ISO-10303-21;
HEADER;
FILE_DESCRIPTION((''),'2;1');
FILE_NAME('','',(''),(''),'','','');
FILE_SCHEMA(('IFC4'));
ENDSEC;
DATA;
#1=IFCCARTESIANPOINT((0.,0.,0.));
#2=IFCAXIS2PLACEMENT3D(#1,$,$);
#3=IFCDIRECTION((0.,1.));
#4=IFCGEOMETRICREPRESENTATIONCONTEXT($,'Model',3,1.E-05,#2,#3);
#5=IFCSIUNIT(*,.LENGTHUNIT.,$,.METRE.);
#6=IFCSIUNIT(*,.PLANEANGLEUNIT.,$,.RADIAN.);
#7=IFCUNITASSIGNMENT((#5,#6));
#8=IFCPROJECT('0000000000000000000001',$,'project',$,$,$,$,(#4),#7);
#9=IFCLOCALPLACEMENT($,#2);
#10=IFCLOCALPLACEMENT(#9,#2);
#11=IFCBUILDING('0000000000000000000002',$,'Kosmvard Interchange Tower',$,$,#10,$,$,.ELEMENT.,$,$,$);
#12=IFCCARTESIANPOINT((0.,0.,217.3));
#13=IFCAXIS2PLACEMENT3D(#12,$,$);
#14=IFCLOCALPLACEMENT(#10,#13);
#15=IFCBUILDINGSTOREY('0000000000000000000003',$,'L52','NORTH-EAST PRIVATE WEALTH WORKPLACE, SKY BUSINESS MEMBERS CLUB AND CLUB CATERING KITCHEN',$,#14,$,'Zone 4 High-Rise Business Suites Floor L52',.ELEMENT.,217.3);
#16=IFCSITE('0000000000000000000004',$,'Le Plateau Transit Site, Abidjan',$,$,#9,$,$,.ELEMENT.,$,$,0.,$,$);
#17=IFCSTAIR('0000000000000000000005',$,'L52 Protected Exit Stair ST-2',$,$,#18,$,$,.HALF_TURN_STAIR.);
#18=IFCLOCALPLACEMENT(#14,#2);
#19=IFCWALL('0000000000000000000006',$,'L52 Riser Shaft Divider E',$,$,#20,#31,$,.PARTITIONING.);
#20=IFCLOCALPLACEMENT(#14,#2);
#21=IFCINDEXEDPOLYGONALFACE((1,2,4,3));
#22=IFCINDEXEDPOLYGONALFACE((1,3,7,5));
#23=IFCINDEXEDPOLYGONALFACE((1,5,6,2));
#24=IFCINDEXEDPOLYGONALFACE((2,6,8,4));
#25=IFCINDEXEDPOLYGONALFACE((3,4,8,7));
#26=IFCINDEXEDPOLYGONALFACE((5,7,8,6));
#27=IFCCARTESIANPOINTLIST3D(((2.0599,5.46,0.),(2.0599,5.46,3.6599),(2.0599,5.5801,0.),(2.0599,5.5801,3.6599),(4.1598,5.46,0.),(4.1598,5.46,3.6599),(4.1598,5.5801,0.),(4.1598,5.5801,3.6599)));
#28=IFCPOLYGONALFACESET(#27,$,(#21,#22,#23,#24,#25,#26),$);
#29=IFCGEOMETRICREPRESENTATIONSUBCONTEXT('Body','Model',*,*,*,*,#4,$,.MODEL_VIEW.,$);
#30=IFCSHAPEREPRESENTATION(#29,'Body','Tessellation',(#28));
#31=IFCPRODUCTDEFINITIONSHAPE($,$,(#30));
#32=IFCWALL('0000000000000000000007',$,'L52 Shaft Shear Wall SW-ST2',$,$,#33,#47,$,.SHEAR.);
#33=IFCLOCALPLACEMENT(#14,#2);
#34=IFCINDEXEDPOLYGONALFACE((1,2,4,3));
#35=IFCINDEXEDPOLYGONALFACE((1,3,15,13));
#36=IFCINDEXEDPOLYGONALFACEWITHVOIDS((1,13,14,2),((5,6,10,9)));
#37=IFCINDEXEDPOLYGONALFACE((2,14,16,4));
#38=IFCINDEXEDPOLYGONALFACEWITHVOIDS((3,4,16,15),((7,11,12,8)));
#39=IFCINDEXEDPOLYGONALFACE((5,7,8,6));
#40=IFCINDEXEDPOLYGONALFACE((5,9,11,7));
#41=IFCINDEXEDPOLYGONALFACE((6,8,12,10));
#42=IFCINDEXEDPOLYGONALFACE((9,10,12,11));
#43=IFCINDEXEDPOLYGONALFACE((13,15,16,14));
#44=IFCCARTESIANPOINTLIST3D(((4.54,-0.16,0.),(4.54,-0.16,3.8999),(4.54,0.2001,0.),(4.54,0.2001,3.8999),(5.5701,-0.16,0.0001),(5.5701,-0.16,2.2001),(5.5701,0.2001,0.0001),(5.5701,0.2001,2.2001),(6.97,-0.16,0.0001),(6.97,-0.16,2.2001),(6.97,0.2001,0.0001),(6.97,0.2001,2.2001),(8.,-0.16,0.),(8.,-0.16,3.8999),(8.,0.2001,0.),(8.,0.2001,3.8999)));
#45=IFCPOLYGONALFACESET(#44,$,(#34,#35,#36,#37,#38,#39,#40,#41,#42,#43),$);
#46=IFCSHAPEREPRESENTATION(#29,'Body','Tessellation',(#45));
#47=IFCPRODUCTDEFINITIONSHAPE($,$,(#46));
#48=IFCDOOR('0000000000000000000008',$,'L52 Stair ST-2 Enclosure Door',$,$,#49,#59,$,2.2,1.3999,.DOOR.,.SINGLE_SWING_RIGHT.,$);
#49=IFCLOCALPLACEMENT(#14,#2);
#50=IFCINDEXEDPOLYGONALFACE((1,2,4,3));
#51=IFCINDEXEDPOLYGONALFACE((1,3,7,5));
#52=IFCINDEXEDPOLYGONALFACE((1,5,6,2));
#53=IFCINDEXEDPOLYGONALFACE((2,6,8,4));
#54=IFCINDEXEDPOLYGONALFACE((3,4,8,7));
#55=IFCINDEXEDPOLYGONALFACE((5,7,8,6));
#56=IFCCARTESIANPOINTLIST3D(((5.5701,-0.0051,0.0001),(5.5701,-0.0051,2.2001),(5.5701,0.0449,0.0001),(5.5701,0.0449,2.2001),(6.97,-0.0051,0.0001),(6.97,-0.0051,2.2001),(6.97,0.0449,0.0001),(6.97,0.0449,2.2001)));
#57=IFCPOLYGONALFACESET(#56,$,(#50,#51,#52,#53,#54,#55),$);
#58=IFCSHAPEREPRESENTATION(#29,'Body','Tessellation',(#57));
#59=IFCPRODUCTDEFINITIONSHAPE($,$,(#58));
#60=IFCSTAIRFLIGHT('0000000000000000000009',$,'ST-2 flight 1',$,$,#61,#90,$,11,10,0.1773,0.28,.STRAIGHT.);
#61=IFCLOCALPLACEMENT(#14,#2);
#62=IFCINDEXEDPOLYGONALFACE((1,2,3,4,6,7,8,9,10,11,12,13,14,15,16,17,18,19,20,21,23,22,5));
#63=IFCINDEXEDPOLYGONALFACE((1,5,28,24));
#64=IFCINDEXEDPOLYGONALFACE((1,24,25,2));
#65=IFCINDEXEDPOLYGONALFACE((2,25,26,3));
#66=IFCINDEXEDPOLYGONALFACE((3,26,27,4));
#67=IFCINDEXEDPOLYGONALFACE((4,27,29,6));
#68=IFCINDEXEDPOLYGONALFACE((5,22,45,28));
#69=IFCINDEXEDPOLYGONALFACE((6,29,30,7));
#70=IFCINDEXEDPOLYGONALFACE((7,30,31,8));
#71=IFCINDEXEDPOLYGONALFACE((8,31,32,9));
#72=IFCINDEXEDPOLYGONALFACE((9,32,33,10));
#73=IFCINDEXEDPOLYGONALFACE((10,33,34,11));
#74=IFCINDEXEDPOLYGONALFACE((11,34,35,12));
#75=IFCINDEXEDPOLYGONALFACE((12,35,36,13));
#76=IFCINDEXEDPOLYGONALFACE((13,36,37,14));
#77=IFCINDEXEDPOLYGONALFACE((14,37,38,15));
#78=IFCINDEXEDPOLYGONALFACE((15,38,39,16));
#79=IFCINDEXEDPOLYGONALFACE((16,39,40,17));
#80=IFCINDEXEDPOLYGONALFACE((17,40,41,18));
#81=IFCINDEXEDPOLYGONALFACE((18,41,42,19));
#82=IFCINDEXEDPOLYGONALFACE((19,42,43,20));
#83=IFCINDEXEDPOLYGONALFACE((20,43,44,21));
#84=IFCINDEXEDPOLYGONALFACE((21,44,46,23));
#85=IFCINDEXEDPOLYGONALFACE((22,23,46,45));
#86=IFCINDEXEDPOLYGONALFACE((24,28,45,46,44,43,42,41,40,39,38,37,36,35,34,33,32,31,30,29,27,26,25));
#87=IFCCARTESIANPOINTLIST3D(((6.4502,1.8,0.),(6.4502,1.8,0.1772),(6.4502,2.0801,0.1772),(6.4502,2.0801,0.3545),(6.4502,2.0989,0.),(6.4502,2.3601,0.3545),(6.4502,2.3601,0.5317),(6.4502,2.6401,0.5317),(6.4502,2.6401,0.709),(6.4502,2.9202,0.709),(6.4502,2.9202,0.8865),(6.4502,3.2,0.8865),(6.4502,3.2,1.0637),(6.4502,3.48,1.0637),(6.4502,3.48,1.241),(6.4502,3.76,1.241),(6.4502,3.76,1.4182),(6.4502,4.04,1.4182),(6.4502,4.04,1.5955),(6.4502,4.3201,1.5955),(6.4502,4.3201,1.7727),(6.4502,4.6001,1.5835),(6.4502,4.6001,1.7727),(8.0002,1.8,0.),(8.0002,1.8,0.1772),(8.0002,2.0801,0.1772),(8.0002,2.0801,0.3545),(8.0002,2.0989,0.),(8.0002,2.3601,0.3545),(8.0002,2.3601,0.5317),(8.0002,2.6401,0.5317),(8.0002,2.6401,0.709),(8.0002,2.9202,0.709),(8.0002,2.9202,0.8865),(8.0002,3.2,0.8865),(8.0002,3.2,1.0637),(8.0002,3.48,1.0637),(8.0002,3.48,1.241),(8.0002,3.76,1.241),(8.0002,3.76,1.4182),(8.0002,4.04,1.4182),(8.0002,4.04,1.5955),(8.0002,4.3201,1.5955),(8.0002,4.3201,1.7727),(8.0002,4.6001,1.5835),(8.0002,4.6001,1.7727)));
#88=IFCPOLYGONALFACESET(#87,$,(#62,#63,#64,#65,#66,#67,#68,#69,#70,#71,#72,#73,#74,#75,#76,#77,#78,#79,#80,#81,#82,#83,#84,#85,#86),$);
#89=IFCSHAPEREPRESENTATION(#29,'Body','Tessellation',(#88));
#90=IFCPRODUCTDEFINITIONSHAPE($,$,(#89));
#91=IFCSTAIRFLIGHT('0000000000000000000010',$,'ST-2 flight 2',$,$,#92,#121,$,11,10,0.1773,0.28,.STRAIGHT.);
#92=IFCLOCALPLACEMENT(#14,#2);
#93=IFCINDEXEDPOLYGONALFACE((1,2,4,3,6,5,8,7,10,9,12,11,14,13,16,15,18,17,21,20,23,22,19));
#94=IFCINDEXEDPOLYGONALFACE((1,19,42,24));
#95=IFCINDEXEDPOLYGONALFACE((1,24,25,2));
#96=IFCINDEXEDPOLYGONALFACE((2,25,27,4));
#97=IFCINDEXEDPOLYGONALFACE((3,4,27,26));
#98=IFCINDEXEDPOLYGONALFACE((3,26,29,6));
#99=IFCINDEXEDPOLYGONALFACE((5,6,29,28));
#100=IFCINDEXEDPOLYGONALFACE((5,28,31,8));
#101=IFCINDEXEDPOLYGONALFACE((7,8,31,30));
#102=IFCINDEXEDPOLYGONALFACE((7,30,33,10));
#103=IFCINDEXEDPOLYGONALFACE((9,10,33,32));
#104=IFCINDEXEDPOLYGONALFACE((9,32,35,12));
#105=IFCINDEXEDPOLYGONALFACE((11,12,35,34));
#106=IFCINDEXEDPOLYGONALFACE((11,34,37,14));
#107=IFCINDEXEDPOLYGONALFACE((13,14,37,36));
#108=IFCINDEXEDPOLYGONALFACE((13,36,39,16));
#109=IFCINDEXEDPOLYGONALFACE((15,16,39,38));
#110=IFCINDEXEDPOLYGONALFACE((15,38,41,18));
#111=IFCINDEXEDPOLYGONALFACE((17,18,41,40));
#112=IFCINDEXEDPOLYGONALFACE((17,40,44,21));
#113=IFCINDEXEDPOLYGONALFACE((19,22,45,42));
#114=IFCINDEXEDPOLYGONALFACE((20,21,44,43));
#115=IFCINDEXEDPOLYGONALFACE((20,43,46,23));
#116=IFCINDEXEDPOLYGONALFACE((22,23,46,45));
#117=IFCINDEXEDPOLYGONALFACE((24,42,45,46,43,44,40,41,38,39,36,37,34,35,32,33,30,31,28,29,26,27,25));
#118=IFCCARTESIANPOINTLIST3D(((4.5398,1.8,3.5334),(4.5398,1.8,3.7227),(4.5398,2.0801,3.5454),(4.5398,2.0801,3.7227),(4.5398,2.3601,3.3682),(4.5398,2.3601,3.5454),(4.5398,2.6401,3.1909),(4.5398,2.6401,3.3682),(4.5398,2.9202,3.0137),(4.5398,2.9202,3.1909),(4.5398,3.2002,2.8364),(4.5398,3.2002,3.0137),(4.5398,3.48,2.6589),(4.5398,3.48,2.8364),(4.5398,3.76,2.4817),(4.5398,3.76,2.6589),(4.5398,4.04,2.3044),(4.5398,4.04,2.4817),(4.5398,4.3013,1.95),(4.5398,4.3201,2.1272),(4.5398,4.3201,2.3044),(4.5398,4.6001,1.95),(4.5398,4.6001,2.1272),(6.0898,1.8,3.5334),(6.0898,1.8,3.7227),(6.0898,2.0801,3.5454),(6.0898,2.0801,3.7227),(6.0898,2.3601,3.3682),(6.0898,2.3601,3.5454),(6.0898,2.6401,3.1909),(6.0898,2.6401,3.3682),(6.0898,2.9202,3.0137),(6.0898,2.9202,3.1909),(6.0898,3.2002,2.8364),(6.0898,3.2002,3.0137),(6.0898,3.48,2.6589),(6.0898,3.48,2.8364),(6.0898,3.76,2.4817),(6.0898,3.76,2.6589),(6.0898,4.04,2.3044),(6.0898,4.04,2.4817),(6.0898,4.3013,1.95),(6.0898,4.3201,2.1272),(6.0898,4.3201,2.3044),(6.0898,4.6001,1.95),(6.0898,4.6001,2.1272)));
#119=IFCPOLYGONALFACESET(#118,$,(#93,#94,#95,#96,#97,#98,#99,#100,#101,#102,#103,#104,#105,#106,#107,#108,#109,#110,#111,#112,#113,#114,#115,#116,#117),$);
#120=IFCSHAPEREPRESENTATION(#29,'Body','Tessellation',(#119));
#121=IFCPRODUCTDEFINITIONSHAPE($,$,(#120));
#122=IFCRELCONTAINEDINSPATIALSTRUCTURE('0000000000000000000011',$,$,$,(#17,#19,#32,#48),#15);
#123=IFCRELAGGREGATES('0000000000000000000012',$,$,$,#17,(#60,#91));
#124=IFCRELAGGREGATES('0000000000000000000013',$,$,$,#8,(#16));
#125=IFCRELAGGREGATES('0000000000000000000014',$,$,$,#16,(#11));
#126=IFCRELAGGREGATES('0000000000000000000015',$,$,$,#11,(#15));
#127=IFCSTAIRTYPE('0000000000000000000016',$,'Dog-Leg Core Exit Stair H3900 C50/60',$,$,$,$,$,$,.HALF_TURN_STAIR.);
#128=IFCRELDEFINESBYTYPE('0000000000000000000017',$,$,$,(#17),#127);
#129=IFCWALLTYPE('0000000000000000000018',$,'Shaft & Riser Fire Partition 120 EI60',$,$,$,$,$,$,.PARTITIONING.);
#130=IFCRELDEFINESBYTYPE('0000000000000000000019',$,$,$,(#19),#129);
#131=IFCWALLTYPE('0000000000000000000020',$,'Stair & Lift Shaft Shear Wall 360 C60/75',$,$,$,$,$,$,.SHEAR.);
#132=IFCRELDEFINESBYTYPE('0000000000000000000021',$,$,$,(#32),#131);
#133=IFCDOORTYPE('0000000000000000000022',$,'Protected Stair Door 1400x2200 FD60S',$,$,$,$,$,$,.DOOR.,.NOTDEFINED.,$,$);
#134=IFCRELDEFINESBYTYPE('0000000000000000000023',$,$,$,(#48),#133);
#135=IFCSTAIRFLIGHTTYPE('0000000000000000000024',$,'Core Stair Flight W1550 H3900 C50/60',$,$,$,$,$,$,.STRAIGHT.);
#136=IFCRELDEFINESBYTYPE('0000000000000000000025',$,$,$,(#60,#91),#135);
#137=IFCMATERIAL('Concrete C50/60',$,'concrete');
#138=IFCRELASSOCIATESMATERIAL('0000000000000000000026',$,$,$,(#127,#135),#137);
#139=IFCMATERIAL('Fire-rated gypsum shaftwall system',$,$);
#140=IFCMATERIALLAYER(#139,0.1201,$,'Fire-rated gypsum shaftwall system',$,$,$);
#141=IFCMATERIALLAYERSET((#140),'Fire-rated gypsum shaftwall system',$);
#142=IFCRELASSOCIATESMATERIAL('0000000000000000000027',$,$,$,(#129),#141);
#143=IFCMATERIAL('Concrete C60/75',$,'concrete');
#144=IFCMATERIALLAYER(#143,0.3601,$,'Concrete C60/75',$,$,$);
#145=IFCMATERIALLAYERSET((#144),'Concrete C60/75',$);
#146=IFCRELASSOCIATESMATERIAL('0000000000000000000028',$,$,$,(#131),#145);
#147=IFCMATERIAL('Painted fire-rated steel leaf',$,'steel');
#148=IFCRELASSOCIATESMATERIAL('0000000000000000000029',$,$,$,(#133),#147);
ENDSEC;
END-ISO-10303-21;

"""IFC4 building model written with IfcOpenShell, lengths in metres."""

from ifc_helpers import new_model, si_unit, direction, frame, frame_2d, origin, place, context, subcontext, project, spatial, polyline, rectangle, outline, extrude, source, transform, mapped, material, layer, layer_set, type_object, element, fill, aggregate, save


model = new_model("IFC4")

# Units and contexts
model_context = context("Model", 3, precision=1e-05, world=origin(), true_north=direction((0.0, 1.0)))
body_context = subcontext(model_context, "Body", "Model", "MODEL_VIEW")
ifc_project = project(units=[si_unit("LENGTHUNIT", "METRE"), si_unit("PLANEANGLEUNIT", "RADIAN")], contexts=[model_context])

# Site, building, storey
site_placement = place(None, origin())
site = spatial("IfcSite", under=ifc_project, at=site_placement, Name="Le Plateau Transit Site, Abidjan", CompositionType="ELEMENT", RefElevation=0.0)
building_placement = place(site_placement, origin())
building = spatial("IfcBuilding", under=site, at=building_placement, Name="Kosmvard Interchange Tower", CompositionType="ELEMENT")
storey_placement = place(building_placement, frame((0.0, 0.0, 217.3)))
storey = spatial("IfcBuildingStorey", under=building, at=storey_placement, Name="L52", Description="NORTH-EAST PRIVATE WEALTH WORKPLACE, SKY BUSINESS MEMBERS CLUB AND CLUB CATERING KITCHEN", LongName="Zone 4 High-Rise Business Suites Floor L52", CompositionType="ELEMENT", Elevation=217.3)

# Shared definitions
ifc_material_1 = material(Name="Concrete C60/75", Category="concrete")
ifc_material_2 = material(Name="Concrete C50/60", Category="concrete")

# Stair
stair_type = type_object("IfcStairType", Name="Dog-Leg Core Exit Stair H3900 C50/60", PredefinedType="HALF_TURN_STAIR", material=ifc_material_2)
stair_placement = place(storey_placement, origin())
stair = element("IfcStair", 1, at=stair_placement, inside=storey, type_object=stair_type, Name="L52 Protected Exit Stair ST-2", PredefinedType="HALF_TURN_STAIR")

# Wall
ifc_material_3 = material(Name="Fire-rated gypsum shaftwall system")
ifc_layer_1 = layer(ifc_material_3, 0.1201, Name="Fire-rated gypsum shaftwall system")
ifc_layer_set_1 = layer_set([ifc_layer_1], Name="Fire-rated gypsum shaftwall system")
wall_type_1 = type_object("IfcWallType", Name="Shaft & Riser Fire Partition 120 EI60", PredefinedType="PARTITIONING", material=ifc_layer_set_1)
wall_1_placement = place(storey_placement, frame((2.0601, 5.52, 0.0), z_axis=(0.0, 0.0, 1.0), x_axis=(1.0, 0.0, 0.0)))
element("IfcWall", 2, at=wall_1_placement, inside=storey, type_object=wall_type_1, Name="L52 Riser Shaft Divider E", PredefinedType="PARTITIONING", context=body_context, shape_type="SweptSolid", body=[
    extrude(rectangle(XDim=2.0999, YDim=0.1201, at=frame_2d((1.0498, 0.0))), origin(), (0.0, 0.0, 1.0), 3.6599),
])

# Wall, opening, door
ifc_layer_2 = layer(ifc_material_1, 0.3601, Name="Concrete C60/75")
ifc_layer_set_2 = layer_set([ifc_layer_2], Name="Concrete C60/75")
wall_type_2 = type_object("IfcWallType", Name="Stair & Lift Shaft Shear Wall 360 C60/75", PredefinedType="SHEAR", material=ifc_layer_set_2)
wall_2_placement = place(storey_placement, frame((4.54, 0.02, 0.0), z_axis=(0.0, 0.0, 1.0), x_axis=(1.0, 0.0, 0.0)))
wall_2 = element("IfcWall", 3, at=wall_2_placement, inside=storey, type_object=wall_type_2, Name="L52 Shaft Shear Wall SW-ST2", PredefinedType="SHEAR", context=body_context, shape_type="SweptSolid", body=[
    extrude(rectangle(XDim=3.46, YDim=0.3601, at=frame_2d((1.73, 0.0))), origin(), (0.0, 0.0, 1.0), 3.8999),
])
opening_1_placement = place(wall_2_placement, frame((1.03, 0.0, 0.0)))
opening_1 = element("IfcOpeningElement", 4, at=opening_1_placement, cuts=wall_2, PredefinedType="OPENING", context=body_context, shape_type="SweptSolid", body=[
    extrude(rectangle(XDim=1.3999, YDim=2.2, at=frame_2d((0.7, 1.1001))), frame((0.0, 0.1899, 0.0), z_axis=(0.0, -1.0, 0.0), x_axis=(1.0, 0.0, 0.0)), (0.0, 0.0, 1.0), 0.3801),
])
ifc_material_4 = material(Name="Painted fire-rated steel leaf", Category="steel")
door_type_1 = type_object("IfcDoorType", Name="Protected Stair Door 1400x2200 FD60S", OperationType="NOTDEFINED", PredefinedType="DOOR", material=ifc_material_4)
shared_shape_1 = source(origin(), body_context, "Body", "SweptSolid", [
    extrude(rectangle(XDim=1.3999, YDim=2.2, at=frame_2d((0.7, 1.1001))), frame((0.0, 0.0249, 0.0), z_axis=(0.0, -1.0, 0.0), x_axis=(1.0, 0.0, 0.0)), (0.0, 0.0, 1.0), 0.05),
])
door_1_placement = place(opening_1_placement, origin())
door_1 = element("IfcDoor", 5, at=door_1_placement, inside=storey, type_object=door_type_1, Name="L52 Stair ST-2 Enclosure Door", OperationType="SINGLE_SWING_RIGHT", OverallHeight=2.2, OverallWidth=1.3999, PredefinedType="DOOR", context=body_context, shape_type="MappedRepresentation", body=[
    mapped(shared_shape_1, transform((0.0, 0.0, 0.0), scale=1.0)),
])
fill(opening_1, door_1)

# Stair flights
stair_flight_type = type_object("IfcStairFlightType", Name="Core Stair Flight W1550 H3900 C50/60", PredefinedType="STRAIGHT", material=ifc_material_2)
shared_shape_2 = source(origin(), body_context, "Body", "SweptSolid", [
    extrude(outline(polyline([(0.0, 0.0), (0.0, 0.1772), (0.28, 0.1772), (0.28, 0.3545), (0.5601, 0.3545), (0.5601, 0.5317), (0.8401, 0.5317), (0.8401, 0.709), (1.1201, 0.709), (1.1201, 0.8865), (1.3999, 0.8865), (1.3999, 1.0637), (1.6799, 1.0637), (1.6799, 1.241), (1.96, 1.241), (1.96, 1.4182), (2.24, 1.4182), (2.24, 1.5955), (2.52, 1.5955), (2.52, 1.7727), (2.8, 1.7727), (2.8, 1.95), (2.8, 1.5835), (0.2988, 0.0), (0.0, 0.0)])), frame((0.0, 0.7749, 0.0), z_axis=(0.0, -1.0, 0.0), x_axis=(1.0, 0.0, 0.0)), (0.0, 0.0, 1.0), 1.55),
])
stair_flight_1_placement = place(storey_placement, frame((7.2251, 1.8, 0.0), z_axis=(0.0, 0.0, 1.0), x_axis=(0.0, 1.0, 0.0)))
stair_flight_1 = element("IfcStairFlight", 6, at=stair_flight_1_placement, type_object=stair_flight_type, Name="ST-2 flight 1", NumberOfRisers=11, NumberOfTreads=10, PredefinedType="STRAIGHT", RiserHeight=0.1773, TreadLength=0.28, context=body_context, shape_type="MappedRepresentation", body=[
    mapped(shared_shape_2, transform((0.0, 0.0, 0.0), scale=1.0)),
])
stair_flight_2_placement = place(storey_placement, frame((5.3149, 4.6001, 1.95), z_axis=(0.0, 0.0, 1.0), x_axis=(0.0, -1.0, 0.0)))
stair_flight_2 = element("IfcStairFlight", 7, at=stair_flight_2_placement, type_object=stair_flight_type, Name="ST-2 flight 2", NumberOfRisers=11, NumberOfTreads=10, PredefinedType="STRAIGHT", RiserHeight=0.1773, TreadLength=0.28, context=body_context, shape_type="MappedRepresentation", body=[
    mapped(shared_shape_2, transform((0.0, 0.0, 0.0), scale=1.0)),
])
aggregate(stair, [stair_flight_1, stair_flight_2])

save(model, "model.ifc")
